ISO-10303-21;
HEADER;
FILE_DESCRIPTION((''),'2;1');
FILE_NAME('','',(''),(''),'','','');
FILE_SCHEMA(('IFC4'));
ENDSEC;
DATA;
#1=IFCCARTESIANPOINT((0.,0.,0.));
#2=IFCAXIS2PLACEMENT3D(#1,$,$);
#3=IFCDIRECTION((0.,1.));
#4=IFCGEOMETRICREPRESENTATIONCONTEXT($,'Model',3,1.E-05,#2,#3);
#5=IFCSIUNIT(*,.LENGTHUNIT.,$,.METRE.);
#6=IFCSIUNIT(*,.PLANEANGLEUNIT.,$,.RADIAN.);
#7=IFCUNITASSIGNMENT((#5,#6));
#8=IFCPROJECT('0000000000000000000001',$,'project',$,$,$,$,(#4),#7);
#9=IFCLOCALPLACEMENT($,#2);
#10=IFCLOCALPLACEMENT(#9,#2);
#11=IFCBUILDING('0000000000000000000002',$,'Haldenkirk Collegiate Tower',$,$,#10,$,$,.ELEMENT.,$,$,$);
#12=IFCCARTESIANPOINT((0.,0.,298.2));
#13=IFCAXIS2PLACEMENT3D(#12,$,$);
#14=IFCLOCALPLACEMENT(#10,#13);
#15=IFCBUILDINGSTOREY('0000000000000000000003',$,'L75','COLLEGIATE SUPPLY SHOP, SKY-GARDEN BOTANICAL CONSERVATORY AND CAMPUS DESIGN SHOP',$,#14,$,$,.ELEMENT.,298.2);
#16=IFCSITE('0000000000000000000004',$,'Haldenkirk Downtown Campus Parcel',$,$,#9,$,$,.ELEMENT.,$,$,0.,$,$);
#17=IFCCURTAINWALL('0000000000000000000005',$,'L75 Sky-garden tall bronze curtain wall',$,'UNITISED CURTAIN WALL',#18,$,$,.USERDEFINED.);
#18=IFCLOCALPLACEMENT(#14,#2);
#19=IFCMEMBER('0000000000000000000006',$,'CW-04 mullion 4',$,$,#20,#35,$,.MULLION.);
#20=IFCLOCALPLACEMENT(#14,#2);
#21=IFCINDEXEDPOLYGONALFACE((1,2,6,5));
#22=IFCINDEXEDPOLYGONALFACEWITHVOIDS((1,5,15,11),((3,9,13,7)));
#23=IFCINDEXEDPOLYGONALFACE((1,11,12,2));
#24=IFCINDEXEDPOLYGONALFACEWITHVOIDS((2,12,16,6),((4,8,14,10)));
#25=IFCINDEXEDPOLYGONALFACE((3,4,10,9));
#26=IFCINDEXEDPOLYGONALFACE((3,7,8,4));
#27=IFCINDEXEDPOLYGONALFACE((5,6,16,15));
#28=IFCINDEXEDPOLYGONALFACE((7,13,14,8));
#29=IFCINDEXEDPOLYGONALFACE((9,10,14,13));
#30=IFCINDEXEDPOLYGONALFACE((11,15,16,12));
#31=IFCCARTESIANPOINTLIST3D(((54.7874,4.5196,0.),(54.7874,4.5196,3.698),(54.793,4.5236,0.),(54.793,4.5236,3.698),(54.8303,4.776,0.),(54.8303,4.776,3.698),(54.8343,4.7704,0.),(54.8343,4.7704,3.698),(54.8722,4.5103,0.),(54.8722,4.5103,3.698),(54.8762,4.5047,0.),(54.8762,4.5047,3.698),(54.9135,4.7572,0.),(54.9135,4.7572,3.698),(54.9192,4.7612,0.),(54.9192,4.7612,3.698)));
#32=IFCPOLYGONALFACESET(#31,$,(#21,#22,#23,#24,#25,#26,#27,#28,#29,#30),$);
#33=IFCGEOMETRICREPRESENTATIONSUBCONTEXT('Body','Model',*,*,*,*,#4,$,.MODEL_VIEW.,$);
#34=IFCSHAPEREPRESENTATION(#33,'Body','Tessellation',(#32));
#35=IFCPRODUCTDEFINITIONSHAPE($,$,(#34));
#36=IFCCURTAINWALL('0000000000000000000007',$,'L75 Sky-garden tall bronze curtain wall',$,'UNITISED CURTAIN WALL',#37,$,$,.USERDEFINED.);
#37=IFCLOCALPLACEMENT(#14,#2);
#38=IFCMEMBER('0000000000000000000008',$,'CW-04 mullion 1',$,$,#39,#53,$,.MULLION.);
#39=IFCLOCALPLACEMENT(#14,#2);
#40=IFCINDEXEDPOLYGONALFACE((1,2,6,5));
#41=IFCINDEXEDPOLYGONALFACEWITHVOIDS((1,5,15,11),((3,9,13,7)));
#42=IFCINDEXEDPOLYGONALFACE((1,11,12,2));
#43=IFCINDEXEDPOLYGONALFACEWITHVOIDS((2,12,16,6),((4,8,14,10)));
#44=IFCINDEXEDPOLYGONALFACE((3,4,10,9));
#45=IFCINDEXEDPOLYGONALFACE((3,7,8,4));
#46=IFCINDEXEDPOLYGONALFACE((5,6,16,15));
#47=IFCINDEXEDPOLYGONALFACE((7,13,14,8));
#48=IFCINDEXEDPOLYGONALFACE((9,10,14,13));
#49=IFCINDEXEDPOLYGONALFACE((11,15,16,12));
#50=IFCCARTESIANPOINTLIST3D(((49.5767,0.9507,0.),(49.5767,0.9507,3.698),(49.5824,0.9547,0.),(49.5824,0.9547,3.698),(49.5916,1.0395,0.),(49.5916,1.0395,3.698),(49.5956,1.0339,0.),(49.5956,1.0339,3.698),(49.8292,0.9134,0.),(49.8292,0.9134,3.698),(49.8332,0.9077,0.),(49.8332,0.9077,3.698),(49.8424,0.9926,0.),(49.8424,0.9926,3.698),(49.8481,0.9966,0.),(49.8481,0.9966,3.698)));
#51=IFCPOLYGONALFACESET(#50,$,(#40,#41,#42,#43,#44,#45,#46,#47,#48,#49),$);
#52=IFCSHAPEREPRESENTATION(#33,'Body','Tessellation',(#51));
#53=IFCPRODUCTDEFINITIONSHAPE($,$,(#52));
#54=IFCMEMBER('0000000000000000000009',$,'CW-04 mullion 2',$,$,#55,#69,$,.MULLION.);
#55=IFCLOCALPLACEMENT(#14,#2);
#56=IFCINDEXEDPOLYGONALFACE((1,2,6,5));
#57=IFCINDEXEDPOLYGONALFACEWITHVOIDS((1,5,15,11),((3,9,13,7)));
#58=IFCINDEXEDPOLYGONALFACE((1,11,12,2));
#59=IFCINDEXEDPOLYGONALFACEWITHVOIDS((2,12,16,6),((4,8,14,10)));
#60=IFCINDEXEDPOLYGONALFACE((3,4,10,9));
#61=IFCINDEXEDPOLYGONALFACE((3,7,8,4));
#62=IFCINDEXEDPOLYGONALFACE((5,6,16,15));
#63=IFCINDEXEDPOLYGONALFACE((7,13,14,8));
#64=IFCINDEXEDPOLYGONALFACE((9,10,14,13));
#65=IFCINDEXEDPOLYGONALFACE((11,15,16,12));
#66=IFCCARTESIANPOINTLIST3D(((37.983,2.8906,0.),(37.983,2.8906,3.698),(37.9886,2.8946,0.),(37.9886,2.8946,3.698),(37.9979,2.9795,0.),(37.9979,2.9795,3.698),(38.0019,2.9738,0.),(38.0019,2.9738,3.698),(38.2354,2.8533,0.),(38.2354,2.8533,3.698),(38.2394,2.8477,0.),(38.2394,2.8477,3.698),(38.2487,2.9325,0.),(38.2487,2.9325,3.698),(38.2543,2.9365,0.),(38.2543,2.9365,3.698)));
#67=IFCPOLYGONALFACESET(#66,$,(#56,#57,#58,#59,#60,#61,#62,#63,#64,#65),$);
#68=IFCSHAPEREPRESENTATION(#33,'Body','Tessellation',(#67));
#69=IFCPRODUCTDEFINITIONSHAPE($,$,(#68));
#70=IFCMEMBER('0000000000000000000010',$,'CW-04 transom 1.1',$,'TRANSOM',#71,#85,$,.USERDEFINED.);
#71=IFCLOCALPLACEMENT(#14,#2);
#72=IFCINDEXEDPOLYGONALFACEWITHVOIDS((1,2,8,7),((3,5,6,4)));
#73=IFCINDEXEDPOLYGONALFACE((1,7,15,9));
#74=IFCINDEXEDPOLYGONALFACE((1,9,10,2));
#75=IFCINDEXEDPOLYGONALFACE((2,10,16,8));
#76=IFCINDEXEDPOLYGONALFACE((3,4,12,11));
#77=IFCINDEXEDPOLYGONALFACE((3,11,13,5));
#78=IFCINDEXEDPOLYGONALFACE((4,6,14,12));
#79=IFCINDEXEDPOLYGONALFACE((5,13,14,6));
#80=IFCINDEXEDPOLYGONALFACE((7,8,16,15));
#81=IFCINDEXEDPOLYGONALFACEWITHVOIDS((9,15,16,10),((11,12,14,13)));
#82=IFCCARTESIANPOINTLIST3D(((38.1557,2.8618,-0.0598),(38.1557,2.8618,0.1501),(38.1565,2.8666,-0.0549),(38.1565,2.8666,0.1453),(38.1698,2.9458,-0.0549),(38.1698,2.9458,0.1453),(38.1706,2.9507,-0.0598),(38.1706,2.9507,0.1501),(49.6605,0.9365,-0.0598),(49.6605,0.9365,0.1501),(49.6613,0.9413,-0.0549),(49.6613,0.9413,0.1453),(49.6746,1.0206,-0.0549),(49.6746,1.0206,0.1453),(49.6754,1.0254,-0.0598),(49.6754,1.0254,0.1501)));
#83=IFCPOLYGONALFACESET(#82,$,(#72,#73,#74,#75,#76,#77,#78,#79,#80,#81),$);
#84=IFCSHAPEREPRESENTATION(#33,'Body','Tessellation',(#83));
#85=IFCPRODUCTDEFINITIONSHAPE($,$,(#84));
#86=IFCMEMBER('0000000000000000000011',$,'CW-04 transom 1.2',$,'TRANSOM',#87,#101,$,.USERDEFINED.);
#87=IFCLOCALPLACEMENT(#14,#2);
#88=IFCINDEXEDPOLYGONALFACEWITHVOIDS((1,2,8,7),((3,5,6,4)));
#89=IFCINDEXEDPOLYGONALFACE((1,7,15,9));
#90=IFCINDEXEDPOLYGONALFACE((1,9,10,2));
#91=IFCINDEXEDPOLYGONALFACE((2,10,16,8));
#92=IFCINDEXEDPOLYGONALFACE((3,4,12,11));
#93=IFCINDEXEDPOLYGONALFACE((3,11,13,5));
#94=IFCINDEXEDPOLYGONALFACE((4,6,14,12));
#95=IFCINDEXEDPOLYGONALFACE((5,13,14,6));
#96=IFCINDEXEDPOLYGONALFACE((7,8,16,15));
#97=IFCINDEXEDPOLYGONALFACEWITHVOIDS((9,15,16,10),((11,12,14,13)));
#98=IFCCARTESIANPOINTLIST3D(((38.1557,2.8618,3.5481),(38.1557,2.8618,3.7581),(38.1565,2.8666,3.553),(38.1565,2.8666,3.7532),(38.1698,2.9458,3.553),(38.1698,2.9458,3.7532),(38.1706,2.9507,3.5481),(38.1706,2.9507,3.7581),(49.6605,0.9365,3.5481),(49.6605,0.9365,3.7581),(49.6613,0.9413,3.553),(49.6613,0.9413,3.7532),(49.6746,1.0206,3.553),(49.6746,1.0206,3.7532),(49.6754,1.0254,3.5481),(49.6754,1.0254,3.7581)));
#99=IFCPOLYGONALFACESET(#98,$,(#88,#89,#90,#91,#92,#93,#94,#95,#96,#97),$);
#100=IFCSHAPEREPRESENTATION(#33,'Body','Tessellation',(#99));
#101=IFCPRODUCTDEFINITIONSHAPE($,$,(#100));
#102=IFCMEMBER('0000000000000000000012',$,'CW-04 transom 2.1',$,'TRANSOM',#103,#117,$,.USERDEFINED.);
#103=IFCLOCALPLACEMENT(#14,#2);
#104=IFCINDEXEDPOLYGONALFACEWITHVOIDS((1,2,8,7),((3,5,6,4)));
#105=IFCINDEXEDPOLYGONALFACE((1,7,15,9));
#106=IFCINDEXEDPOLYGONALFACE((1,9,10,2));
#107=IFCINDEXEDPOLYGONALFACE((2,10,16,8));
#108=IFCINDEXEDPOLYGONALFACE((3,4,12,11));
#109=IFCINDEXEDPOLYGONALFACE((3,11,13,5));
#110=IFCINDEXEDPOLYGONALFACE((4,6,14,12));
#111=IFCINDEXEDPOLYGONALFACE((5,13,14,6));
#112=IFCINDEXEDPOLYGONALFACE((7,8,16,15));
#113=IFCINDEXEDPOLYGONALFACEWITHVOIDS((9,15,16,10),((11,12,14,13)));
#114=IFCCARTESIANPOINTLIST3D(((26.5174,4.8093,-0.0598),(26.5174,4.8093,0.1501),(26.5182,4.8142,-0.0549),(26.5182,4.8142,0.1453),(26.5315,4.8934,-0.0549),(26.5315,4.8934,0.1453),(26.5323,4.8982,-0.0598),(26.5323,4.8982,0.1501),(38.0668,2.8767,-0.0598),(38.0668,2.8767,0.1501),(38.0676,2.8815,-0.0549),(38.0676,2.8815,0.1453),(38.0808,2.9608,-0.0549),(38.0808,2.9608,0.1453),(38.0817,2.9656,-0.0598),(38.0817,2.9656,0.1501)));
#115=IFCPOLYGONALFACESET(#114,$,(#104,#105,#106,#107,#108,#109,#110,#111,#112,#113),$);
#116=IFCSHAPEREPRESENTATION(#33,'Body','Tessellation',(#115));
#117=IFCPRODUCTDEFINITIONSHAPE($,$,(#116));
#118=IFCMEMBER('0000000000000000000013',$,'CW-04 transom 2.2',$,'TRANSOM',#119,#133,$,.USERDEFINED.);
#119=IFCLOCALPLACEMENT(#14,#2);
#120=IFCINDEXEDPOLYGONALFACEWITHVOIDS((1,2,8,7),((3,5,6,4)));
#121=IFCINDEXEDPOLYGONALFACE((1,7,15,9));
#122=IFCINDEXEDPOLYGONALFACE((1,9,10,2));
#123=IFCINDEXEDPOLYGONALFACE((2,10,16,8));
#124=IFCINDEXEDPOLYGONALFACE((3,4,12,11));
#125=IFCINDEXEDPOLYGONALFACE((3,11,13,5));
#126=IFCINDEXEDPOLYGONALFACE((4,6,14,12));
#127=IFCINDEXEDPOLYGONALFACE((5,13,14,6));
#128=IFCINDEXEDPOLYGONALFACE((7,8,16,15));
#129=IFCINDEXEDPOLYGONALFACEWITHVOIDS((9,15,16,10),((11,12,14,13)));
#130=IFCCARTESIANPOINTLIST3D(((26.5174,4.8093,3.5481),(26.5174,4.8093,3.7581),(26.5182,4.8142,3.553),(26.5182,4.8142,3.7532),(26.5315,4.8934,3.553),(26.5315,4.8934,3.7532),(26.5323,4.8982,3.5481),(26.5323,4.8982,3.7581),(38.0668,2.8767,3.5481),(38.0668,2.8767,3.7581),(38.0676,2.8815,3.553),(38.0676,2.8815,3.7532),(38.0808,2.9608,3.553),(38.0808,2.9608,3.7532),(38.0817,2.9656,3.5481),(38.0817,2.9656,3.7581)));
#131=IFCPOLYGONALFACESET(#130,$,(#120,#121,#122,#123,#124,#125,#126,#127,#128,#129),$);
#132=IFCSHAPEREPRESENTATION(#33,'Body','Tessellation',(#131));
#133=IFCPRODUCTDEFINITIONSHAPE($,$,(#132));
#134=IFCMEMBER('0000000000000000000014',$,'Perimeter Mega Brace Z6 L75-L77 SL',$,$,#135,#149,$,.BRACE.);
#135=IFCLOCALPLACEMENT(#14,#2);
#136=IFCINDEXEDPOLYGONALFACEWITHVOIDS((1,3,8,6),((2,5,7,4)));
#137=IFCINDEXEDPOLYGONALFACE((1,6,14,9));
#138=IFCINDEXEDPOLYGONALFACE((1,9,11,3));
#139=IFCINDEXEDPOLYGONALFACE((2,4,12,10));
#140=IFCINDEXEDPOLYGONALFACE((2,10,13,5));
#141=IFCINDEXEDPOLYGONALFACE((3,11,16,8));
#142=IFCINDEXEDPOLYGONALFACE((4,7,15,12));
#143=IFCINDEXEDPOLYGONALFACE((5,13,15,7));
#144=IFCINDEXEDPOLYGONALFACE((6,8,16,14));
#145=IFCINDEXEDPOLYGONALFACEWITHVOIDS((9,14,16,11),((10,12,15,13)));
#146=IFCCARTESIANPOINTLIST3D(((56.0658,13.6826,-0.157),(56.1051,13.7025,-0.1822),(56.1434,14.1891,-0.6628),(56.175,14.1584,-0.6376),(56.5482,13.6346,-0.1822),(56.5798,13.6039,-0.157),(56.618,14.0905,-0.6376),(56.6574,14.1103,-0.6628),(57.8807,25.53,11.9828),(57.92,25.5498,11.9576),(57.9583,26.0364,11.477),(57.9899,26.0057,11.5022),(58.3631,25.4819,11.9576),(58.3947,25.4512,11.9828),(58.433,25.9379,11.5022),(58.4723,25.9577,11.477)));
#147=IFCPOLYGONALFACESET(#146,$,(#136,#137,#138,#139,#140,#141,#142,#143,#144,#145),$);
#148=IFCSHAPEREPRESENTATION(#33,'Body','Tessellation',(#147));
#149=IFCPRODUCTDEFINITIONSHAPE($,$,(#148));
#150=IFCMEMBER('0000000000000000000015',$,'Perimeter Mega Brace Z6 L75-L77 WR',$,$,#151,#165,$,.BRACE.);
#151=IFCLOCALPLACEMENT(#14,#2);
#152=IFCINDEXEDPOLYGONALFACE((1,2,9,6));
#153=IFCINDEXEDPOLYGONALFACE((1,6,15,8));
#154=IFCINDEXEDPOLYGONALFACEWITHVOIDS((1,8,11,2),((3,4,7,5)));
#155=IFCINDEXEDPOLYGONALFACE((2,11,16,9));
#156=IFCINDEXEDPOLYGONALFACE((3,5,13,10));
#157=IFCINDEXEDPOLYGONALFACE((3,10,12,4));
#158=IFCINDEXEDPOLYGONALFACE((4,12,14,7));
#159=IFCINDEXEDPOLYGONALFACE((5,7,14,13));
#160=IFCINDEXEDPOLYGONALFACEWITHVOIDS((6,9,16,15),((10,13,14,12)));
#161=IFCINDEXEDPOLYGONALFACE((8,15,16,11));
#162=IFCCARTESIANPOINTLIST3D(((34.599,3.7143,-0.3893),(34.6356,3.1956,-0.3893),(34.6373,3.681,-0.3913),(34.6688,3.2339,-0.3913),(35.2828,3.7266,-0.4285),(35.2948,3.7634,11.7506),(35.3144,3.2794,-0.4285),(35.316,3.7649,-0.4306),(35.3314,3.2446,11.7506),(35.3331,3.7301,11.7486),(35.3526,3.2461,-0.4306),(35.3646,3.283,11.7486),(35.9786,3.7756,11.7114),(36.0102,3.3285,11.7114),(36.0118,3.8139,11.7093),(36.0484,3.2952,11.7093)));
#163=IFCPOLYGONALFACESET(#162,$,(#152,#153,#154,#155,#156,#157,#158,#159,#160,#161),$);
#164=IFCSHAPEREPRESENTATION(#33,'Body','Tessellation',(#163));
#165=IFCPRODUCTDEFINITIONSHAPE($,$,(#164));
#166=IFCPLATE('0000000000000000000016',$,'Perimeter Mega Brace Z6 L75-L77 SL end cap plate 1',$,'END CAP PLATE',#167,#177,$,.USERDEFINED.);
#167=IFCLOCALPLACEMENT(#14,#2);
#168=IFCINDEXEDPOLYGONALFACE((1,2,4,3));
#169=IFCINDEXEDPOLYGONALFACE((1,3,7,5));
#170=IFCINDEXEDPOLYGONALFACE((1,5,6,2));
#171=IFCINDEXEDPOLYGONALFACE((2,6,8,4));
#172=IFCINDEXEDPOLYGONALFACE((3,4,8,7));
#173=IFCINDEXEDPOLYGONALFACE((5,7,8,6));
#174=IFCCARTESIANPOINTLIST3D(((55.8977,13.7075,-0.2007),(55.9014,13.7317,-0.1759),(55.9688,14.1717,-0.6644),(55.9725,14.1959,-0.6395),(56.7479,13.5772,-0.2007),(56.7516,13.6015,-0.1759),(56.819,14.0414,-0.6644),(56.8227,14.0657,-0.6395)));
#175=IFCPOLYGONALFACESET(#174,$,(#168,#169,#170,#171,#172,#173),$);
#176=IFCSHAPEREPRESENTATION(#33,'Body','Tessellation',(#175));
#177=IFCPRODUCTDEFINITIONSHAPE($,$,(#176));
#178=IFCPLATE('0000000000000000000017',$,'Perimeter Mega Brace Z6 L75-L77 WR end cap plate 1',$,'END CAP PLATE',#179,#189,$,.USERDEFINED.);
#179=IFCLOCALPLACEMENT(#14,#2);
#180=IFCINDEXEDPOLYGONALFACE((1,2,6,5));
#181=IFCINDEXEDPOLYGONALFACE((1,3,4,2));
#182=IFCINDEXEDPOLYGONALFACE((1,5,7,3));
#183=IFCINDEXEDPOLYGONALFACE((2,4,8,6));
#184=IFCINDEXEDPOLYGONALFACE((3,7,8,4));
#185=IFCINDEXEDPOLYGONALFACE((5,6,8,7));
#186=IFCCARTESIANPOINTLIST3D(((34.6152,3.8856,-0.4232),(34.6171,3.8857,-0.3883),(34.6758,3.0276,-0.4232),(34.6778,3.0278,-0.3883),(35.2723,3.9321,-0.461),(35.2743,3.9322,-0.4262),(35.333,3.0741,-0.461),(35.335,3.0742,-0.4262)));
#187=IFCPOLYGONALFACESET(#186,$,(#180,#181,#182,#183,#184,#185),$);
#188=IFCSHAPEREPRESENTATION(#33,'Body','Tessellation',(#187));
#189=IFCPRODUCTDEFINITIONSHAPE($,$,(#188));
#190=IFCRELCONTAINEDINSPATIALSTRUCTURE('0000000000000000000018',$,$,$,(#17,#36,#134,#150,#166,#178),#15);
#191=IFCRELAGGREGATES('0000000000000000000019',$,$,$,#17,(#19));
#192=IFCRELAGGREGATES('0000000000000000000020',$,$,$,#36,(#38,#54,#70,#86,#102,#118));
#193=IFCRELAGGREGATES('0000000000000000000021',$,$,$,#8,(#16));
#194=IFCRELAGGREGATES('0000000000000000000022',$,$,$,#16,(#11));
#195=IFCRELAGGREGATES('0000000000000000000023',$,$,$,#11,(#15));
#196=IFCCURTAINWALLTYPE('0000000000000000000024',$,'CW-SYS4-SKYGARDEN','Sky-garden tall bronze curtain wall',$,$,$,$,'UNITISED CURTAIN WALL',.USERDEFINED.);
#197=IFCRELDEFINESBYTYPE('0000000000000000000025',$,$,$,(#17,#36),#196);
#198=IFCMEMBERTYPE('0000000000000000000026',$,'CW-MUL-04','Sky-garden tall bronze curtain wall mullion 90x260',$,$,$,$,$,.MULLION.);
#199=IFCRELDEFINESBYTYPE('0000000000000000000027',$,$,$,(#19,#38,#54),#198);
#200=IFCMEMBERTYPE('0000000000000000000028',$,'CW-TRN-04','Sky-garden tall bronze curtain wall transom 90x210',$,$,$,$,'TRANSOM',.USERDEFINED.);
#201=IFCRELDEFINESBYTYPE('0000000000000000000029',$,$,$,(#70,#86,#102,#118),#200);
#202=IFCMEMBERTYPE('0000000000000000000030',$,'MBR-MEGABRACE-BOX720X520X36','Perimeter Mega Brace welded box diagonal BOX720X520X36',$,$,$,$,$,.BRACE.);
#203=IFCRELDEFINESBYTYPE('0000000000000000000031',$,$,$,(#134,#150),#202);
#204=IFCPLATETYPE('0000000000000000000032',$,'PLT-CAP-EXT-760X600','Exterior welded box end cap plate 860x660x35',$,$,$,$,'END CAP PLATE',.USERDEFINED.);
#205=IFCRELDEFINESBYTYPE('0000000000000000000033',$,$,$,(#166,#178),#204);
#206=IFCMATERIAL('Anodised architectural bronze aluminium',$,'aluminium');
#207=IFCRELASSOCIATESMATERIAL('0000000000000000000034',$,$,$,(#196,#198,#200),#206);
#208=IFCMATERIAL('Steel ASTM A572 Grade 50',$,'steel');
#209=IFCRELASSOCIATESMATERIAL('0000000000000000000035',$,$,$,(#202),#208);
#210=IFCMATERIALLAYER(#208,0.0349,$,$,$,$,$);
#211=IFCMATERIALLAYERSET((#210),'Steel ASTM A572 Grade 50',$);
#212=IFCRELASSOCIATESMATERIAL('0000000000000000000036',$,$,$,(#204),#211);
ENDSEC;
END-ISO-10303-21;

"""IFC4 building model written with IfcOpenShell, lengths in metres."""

from ifc_helpers import new_model, si_unit, direction, frame, origin, origin_2d, place, context, subcontext, project, spatial, rectangle, hollow_rectangle, extrude, source, transform, mapped, material, layer, layer_set, material_profile, profile_set, type_object, element, aggregate, save


model = new_model("IFC4")

# Units and contexts
model_context = context("Model", 3, precision=1e-05, world=origin(), true_north=direction((0.0, 1.0)))
body_context = subcontext(model_context, "Body", "Model", "MODEL_VIEW")
ifc_project = project(units=[si_unit("LENGTHUNIT", "METRE"), si_unit("PLANEANGLEUNIT", "RADIAN")], contexts=[model_context])

# Site, building, storey
site_placement = place(None, origin())
site = spatial("IfcSite", under=ifc_project, at=site_placement, Name="Haldenkirk Downtown Campus Parcel", CompositionType="ELEMENT", RefElevation=0.0)
building_placement = place(site_placement, origin())
building = spatial("IfcBuilding", under=site, at=building_placement, Name="Haldenkirk Collegiate Tower", CompositionType="ELEMENT")
storey_placement = place(building_placement, frame((0.0, 0.0, 298.2)))
storey = spatial("IfcBuildingStorey", under=building, at=storey_placement, Name="L75", Description="COLLEGIATE SUPPLY SHOP, SKY-GARDEN BOTANICAL CONSERVATORY AND CAMPUS DESIGN SHOP", CompositionType="ELEMENT", Elevation=298.2)

# Shared definitions
ifc_material_1 = material(Name="Steel ASTM A572 Grade 50", Category="steel")

# Curtain wall, member
ifc_material_2 = material(Name="Anodised architectural bronze aluminium", Category="aluminium")
curtain_wall_type = type_object("IfcCurtainWallType", Name="CW-SYS4-SKYGARDEN", Description="Sky-garden tall bronze curtain wall", ElementType="UNITISED CURTAIN WALL", PredefinedType="USERDEFINED", material=ifc_material_2)
curtain_wall_1_placement = place(storey_placement, origin())
curtain_wall_1 = element("IfcCurtainWall", 1, at=curtain_wall_1_placement, inside=storey, type_object=curtain_wall_type, Name="L75 Sky-garden tall bronze curtain wall", ObjectType="UNITISED CURTAIN WALL", PredefinedType="USERDEFINED")
ifc_material_profile_1 = material_profile(ifc_material_2, hollow_rectangle(XDim=0.0901, YDim=0.26, WallThickness=0.0049, at=origin_2d()), Name="CW-MUL-04")
ifc_profile_set_1 = profile_set([ifc_material_profile_1], Name="Anodised architectural bronze aluminium")
member_type_1 = type_object("IfcMemberType", Name="CW-MUL-04", Description="Sky-garden tall bronze curtain wall mullion 90x260", PredefinedType="MULLION", material=ifc_profile_set_1)
member_1_placement = place(storey_placement, frame((54.8533, 4.6404, 0.0), z_axis=(0.0, 0.0, 1.0), x_axis=(0.986285, -0.16505, 0.0)))
member_1 = element("IfcMember", 2, at=member_1_placement, type_object=member_type_1, Name="CW-04 mullion 4", PredefinedType="MULLION", context=body_context, shape_type="SweptSolid", body=[
    extrude(hollow_rectangle(XDim=0.0901, YDim=0.26, WallThickness=0.0049, at=origin_2d()), origin(), (0.0, 0.0, 1.0), 3.698),
])

# Curtain wall, members
curtain_wall_2_placement = place(storey_placement, origin())
curtain_wall_2 = element("IfcCurtainWall", 3, at=curtain_wall_2_placement, inside=storey, type_object=curtain_wall_type, Name="L75 Sky-garden tall bronze curtain wall", ObjectType="UNITISED CURTAIN WALL", PredefinedType="USERDEFINED")
member_2_placement = place(storey_placement, frame((49.7124, 0.9736, 0.0), z_axis=(0.0, 0.0, 1.0), x_axis=(-0.165049, -0.986285, 0.0)))
member_2 = element("IfcMember", 4, at=member_2_placement, type_object=member_type_1, Name="CW-04 mullion 1", PredefinedType="MULLION", context=body_context, shape_type="SweptSolid", body=[
    extrude(hollow_rectangle(XDim=0.0901, YDim=0.26, WallThickness=0.0049, at=origin_2d()), origin(), (0.0, 0.0, 1.0), 3.698),
])
member_3_placement = place(storey_placement, frame((38.1187, 2.9136, 0.0), z_axis=(0.0, 0.0, 1.0), x_axis=(-0.165049, -0.986285, 0.0)))
member_3 = element("IfcMember", 5, at=member_3_placement, type_object=member_type_1, Name="CW-04 mullion 2", PredefinedType="MULLION", context=body_context, shape_type="SweptSolid", body=[
    extrude(hollow_rectangle(XDim=0.0901, YDim=0.26, WallThickness=0.0049, at=origin_2d()), origin(), (0.0, 0.0, 1.0), 3.698),
])
ifc_material_profile_2 = material_profile(ifc_material_2, hollow_rectangle(XDim=0.0901, YDim=0.21, WallThickness=0.0049, at=origin_2d()), Name="CW-TRN-04")
ifc_profile_set_2 = profile_set([ifc_material_profile_2], Name="Anodised architectural bronze aluminium")
member_type_2 = type_object("IfcMemberType", Name="CW-TRN-04", Description="Sky-garden tall bronze curtain wall transom 90x210", ElementType="TRANSOM", PredefinedType="USERDEFINED", material=ifc_profile_set_2)
member_4_placement = place(storey_placement, frame((49.668, 0.981, 0.0452), z_axis=(-0.986285, 0.165051, 0.0), x_axis=(-0.165051, -0.986285, 0.0)))
member_4 = element("IfcMember", 6, at=member_4_placement, type_object=member_type_2, Name="CW-04 transom 1.1", ObjectType="TRANSOM", PredefinedType="USERDEFINED", context=body_context, shape_type="SweptSolid", body=[
    extrude(hollow_rectangle(XDim=0.0901, YDim=0.21, WallThickness=0.0049, at=origin_2d()), origin(), (0.0, 0.0, 1.0), 11.6648),
])
member_5_placement = place(storey_placement, frame((49.668, 0.981, 3.6531), z_axis=(-0.986285, 0.165051, 0.0), x_axis=(-0.165051, -0.986285, 0.0)))
member_5 = element("IfcMember", 7, at=member_5_placement, type_object=member_type_2, Name="CW-04 transom 1.2", ObjectType="TRANSOM", PredefinedType="USERDEFINED", context=body_context, shape_type="SweptSolid", body=[
    extrude(hollow_rectangle(XDim=0.0901, YDim=0.21, WallThickness=0.0049, at=origin_2d()), origin(), (0.0, 0.0, 1.0), 11.6648),
])
member_6_placement = place(storey_placement, frame((38.0742, 2.9211, 0.0452), z_axis=(-0.986287, 0.165041, 0.0), x_axis=(-0.165041, -0.986287, 0.0)))
member_6 = element("IfcMember", 8, at=member_6_placement, type_object=member_type_2, Name="CW-04 transom 2.1", ObjectType="TRANSOM", PredefinedType="USERDEFINED", context=body_context, shape_type="SweptSolid", body=[
    extrude(hollow_rectangle(XDim=0.0901, YDim=0.21, WallThickness=0.0049, at=origin_2d()), origin(), (0.0, 0.0, 1.0), 11.71),
])
member_7_placement = place(storey_placement, frame((38.0742, 2.9211, 3.6531), z_axis=(-0.986287, 0.165041, 0.0), x_axis=(-0.165041, -0.986287, 0.0)))
member_7 = element("IfcMember", 9, at=member_7_placement, type_object=member_type_2, Name="CW-04 transom 2.2", ObjectType="TRANSOM", PredefinedType="USERDEFINED", context=body_context, shape_type="SweptSolid", body=[
    extrude(hollow_rectangle(XDim=0.0901, YDim=0.21, WallThickness=0.0049, at=origin_2d()), origin(), (0.0, 0.0, 1.0), 11.71),
])

# Members
ifc_material_profile_3 = material_profile(ifc_material_1, hollow_rectangle(XDim=0.52, YDim=0.72, WallThickness=0.0359, at=origin_2d()), Name="BOX720X520X36")
ifc_profile_set_3 = profile_set([ifc_material_profile_3], Name="Steel ASTM A572 Grade 50")
member_type_3 = type_object("IfcMemberType", Name="MBR-MEGABRACE-BOX720X520X36", Description="Perimeter Mega Brace welded box diagonal BOX720X520X36", PredefinedType="BRACE", material=ifc_profile_set_3)
member_8_placement = place(storey_placement, frame((56.3616, 13.8965, -0.4099), z_axis=(0.106388, 0.694469, 0.711614), x_axis=(-0.988469, 0.151427, 0.0)))
element("IfcMember", 10, at=member_8_placement, inside=storey, type_object=member_type_3, Name="Perimeter Mega Brace Z6 L75-L77 SL", PredefinedType="BRACE", context=body_context, shape_type="SweptSolid", body=[
    extrude(hollow_rectangle(XDim=0.52, YDim=0.72, WallThickness=0.0359, at=origin_2d()), origin(), (0.0, 0.0, 1.0), 17.0596),
])
member_9_placement = place(storey_placement, frame((34.9758, 3.4802, -0.4099), z_axis=(0.057221, 0.004036, 0.998353), x_axis=(-0.070352, 0.997522, 0.0)))
element("IfcMember", 11, at=member_9_placement, inside=storey, type_object=member_type_3, Name="Perimeter Mega Brace Z6 L75-L77 WR", PredefinedType="BRACE", context=body_context, shape_type="SweptSolid", body=[
    extrude(hollow_rectangle(XDim=0.52, YDim=0.72, WallThickness=0.0359, at=origin_2d()), origin(), (0.0, 0.0, 1.0), 12.1599),
])

# Plates
ifc_layer_1 = layer(ifc_material_1, 0.0349)
ifc_layer_set_1 = layer_set([ifc_layer_1], Name="Steel ASTM A572 Grade 50")
plate_type_1 = type_object("IfcPlateType", Name="PLT-CAP-EXT-760X600", Description="Exterior welded box end cap plate 860x660x35", ElementType="END CAP PLATE", PredefinedType="USERDEFINED", material=ifc_layer_set_1)
shared_shape_1 = source(origin(), body_context, "Body", "SweptSolid", [
    extrude(rectangle(XDim=0.8601, YDim=0.6599, at=origin_2d()), origin(), (0.0, 0.0, 1.0), 0.0349),
])
for number, where, z_axis, x_axis, name in (
    (12, (56.3621, 13.8987, -0.4077), (-0.106385, -0.694466, -0.711617), (0.988469, -0.151423, 0.0), "Perimeter Mega Brace Z6 L75-L77 SL end cap plate 1"),
    (13, (34.9761, 3.48, -0.4072), (-0.05722, -0.004046, -0.998353), (0.070534, -0.997509, 0.0), "Perimeter Mega Brace Z6 L75-L77 WR end cap plate 1"),
):
    element("IfcPlate", number, at=place(storey_placement, frame(where, z_axis=z_axis, x_axis=x_axis)), inside=storey, type_object=plate_type_1, Name=name, ObjectType="END CAP PLATE", PredefinedType="USERDEFINED", context=body_context, shape_type="MappedRepresentation", body=[
        mapped(shared_shape_1, transform((0.0, 0.0, 0.0), x_axis=(1.0, 0.0, 0.0), y_axis=(0.0, 1.0, 0.0), z_axis=(0.0, 0.0, 1.0), scale=1.0)),
    ])

aggregate(curtain_wall_1, [member_1])
aggregate(curtain_wall_2, [member_2, member_3, member_4, member_5, member_6, member_7])

save(model, "model.ifc")
